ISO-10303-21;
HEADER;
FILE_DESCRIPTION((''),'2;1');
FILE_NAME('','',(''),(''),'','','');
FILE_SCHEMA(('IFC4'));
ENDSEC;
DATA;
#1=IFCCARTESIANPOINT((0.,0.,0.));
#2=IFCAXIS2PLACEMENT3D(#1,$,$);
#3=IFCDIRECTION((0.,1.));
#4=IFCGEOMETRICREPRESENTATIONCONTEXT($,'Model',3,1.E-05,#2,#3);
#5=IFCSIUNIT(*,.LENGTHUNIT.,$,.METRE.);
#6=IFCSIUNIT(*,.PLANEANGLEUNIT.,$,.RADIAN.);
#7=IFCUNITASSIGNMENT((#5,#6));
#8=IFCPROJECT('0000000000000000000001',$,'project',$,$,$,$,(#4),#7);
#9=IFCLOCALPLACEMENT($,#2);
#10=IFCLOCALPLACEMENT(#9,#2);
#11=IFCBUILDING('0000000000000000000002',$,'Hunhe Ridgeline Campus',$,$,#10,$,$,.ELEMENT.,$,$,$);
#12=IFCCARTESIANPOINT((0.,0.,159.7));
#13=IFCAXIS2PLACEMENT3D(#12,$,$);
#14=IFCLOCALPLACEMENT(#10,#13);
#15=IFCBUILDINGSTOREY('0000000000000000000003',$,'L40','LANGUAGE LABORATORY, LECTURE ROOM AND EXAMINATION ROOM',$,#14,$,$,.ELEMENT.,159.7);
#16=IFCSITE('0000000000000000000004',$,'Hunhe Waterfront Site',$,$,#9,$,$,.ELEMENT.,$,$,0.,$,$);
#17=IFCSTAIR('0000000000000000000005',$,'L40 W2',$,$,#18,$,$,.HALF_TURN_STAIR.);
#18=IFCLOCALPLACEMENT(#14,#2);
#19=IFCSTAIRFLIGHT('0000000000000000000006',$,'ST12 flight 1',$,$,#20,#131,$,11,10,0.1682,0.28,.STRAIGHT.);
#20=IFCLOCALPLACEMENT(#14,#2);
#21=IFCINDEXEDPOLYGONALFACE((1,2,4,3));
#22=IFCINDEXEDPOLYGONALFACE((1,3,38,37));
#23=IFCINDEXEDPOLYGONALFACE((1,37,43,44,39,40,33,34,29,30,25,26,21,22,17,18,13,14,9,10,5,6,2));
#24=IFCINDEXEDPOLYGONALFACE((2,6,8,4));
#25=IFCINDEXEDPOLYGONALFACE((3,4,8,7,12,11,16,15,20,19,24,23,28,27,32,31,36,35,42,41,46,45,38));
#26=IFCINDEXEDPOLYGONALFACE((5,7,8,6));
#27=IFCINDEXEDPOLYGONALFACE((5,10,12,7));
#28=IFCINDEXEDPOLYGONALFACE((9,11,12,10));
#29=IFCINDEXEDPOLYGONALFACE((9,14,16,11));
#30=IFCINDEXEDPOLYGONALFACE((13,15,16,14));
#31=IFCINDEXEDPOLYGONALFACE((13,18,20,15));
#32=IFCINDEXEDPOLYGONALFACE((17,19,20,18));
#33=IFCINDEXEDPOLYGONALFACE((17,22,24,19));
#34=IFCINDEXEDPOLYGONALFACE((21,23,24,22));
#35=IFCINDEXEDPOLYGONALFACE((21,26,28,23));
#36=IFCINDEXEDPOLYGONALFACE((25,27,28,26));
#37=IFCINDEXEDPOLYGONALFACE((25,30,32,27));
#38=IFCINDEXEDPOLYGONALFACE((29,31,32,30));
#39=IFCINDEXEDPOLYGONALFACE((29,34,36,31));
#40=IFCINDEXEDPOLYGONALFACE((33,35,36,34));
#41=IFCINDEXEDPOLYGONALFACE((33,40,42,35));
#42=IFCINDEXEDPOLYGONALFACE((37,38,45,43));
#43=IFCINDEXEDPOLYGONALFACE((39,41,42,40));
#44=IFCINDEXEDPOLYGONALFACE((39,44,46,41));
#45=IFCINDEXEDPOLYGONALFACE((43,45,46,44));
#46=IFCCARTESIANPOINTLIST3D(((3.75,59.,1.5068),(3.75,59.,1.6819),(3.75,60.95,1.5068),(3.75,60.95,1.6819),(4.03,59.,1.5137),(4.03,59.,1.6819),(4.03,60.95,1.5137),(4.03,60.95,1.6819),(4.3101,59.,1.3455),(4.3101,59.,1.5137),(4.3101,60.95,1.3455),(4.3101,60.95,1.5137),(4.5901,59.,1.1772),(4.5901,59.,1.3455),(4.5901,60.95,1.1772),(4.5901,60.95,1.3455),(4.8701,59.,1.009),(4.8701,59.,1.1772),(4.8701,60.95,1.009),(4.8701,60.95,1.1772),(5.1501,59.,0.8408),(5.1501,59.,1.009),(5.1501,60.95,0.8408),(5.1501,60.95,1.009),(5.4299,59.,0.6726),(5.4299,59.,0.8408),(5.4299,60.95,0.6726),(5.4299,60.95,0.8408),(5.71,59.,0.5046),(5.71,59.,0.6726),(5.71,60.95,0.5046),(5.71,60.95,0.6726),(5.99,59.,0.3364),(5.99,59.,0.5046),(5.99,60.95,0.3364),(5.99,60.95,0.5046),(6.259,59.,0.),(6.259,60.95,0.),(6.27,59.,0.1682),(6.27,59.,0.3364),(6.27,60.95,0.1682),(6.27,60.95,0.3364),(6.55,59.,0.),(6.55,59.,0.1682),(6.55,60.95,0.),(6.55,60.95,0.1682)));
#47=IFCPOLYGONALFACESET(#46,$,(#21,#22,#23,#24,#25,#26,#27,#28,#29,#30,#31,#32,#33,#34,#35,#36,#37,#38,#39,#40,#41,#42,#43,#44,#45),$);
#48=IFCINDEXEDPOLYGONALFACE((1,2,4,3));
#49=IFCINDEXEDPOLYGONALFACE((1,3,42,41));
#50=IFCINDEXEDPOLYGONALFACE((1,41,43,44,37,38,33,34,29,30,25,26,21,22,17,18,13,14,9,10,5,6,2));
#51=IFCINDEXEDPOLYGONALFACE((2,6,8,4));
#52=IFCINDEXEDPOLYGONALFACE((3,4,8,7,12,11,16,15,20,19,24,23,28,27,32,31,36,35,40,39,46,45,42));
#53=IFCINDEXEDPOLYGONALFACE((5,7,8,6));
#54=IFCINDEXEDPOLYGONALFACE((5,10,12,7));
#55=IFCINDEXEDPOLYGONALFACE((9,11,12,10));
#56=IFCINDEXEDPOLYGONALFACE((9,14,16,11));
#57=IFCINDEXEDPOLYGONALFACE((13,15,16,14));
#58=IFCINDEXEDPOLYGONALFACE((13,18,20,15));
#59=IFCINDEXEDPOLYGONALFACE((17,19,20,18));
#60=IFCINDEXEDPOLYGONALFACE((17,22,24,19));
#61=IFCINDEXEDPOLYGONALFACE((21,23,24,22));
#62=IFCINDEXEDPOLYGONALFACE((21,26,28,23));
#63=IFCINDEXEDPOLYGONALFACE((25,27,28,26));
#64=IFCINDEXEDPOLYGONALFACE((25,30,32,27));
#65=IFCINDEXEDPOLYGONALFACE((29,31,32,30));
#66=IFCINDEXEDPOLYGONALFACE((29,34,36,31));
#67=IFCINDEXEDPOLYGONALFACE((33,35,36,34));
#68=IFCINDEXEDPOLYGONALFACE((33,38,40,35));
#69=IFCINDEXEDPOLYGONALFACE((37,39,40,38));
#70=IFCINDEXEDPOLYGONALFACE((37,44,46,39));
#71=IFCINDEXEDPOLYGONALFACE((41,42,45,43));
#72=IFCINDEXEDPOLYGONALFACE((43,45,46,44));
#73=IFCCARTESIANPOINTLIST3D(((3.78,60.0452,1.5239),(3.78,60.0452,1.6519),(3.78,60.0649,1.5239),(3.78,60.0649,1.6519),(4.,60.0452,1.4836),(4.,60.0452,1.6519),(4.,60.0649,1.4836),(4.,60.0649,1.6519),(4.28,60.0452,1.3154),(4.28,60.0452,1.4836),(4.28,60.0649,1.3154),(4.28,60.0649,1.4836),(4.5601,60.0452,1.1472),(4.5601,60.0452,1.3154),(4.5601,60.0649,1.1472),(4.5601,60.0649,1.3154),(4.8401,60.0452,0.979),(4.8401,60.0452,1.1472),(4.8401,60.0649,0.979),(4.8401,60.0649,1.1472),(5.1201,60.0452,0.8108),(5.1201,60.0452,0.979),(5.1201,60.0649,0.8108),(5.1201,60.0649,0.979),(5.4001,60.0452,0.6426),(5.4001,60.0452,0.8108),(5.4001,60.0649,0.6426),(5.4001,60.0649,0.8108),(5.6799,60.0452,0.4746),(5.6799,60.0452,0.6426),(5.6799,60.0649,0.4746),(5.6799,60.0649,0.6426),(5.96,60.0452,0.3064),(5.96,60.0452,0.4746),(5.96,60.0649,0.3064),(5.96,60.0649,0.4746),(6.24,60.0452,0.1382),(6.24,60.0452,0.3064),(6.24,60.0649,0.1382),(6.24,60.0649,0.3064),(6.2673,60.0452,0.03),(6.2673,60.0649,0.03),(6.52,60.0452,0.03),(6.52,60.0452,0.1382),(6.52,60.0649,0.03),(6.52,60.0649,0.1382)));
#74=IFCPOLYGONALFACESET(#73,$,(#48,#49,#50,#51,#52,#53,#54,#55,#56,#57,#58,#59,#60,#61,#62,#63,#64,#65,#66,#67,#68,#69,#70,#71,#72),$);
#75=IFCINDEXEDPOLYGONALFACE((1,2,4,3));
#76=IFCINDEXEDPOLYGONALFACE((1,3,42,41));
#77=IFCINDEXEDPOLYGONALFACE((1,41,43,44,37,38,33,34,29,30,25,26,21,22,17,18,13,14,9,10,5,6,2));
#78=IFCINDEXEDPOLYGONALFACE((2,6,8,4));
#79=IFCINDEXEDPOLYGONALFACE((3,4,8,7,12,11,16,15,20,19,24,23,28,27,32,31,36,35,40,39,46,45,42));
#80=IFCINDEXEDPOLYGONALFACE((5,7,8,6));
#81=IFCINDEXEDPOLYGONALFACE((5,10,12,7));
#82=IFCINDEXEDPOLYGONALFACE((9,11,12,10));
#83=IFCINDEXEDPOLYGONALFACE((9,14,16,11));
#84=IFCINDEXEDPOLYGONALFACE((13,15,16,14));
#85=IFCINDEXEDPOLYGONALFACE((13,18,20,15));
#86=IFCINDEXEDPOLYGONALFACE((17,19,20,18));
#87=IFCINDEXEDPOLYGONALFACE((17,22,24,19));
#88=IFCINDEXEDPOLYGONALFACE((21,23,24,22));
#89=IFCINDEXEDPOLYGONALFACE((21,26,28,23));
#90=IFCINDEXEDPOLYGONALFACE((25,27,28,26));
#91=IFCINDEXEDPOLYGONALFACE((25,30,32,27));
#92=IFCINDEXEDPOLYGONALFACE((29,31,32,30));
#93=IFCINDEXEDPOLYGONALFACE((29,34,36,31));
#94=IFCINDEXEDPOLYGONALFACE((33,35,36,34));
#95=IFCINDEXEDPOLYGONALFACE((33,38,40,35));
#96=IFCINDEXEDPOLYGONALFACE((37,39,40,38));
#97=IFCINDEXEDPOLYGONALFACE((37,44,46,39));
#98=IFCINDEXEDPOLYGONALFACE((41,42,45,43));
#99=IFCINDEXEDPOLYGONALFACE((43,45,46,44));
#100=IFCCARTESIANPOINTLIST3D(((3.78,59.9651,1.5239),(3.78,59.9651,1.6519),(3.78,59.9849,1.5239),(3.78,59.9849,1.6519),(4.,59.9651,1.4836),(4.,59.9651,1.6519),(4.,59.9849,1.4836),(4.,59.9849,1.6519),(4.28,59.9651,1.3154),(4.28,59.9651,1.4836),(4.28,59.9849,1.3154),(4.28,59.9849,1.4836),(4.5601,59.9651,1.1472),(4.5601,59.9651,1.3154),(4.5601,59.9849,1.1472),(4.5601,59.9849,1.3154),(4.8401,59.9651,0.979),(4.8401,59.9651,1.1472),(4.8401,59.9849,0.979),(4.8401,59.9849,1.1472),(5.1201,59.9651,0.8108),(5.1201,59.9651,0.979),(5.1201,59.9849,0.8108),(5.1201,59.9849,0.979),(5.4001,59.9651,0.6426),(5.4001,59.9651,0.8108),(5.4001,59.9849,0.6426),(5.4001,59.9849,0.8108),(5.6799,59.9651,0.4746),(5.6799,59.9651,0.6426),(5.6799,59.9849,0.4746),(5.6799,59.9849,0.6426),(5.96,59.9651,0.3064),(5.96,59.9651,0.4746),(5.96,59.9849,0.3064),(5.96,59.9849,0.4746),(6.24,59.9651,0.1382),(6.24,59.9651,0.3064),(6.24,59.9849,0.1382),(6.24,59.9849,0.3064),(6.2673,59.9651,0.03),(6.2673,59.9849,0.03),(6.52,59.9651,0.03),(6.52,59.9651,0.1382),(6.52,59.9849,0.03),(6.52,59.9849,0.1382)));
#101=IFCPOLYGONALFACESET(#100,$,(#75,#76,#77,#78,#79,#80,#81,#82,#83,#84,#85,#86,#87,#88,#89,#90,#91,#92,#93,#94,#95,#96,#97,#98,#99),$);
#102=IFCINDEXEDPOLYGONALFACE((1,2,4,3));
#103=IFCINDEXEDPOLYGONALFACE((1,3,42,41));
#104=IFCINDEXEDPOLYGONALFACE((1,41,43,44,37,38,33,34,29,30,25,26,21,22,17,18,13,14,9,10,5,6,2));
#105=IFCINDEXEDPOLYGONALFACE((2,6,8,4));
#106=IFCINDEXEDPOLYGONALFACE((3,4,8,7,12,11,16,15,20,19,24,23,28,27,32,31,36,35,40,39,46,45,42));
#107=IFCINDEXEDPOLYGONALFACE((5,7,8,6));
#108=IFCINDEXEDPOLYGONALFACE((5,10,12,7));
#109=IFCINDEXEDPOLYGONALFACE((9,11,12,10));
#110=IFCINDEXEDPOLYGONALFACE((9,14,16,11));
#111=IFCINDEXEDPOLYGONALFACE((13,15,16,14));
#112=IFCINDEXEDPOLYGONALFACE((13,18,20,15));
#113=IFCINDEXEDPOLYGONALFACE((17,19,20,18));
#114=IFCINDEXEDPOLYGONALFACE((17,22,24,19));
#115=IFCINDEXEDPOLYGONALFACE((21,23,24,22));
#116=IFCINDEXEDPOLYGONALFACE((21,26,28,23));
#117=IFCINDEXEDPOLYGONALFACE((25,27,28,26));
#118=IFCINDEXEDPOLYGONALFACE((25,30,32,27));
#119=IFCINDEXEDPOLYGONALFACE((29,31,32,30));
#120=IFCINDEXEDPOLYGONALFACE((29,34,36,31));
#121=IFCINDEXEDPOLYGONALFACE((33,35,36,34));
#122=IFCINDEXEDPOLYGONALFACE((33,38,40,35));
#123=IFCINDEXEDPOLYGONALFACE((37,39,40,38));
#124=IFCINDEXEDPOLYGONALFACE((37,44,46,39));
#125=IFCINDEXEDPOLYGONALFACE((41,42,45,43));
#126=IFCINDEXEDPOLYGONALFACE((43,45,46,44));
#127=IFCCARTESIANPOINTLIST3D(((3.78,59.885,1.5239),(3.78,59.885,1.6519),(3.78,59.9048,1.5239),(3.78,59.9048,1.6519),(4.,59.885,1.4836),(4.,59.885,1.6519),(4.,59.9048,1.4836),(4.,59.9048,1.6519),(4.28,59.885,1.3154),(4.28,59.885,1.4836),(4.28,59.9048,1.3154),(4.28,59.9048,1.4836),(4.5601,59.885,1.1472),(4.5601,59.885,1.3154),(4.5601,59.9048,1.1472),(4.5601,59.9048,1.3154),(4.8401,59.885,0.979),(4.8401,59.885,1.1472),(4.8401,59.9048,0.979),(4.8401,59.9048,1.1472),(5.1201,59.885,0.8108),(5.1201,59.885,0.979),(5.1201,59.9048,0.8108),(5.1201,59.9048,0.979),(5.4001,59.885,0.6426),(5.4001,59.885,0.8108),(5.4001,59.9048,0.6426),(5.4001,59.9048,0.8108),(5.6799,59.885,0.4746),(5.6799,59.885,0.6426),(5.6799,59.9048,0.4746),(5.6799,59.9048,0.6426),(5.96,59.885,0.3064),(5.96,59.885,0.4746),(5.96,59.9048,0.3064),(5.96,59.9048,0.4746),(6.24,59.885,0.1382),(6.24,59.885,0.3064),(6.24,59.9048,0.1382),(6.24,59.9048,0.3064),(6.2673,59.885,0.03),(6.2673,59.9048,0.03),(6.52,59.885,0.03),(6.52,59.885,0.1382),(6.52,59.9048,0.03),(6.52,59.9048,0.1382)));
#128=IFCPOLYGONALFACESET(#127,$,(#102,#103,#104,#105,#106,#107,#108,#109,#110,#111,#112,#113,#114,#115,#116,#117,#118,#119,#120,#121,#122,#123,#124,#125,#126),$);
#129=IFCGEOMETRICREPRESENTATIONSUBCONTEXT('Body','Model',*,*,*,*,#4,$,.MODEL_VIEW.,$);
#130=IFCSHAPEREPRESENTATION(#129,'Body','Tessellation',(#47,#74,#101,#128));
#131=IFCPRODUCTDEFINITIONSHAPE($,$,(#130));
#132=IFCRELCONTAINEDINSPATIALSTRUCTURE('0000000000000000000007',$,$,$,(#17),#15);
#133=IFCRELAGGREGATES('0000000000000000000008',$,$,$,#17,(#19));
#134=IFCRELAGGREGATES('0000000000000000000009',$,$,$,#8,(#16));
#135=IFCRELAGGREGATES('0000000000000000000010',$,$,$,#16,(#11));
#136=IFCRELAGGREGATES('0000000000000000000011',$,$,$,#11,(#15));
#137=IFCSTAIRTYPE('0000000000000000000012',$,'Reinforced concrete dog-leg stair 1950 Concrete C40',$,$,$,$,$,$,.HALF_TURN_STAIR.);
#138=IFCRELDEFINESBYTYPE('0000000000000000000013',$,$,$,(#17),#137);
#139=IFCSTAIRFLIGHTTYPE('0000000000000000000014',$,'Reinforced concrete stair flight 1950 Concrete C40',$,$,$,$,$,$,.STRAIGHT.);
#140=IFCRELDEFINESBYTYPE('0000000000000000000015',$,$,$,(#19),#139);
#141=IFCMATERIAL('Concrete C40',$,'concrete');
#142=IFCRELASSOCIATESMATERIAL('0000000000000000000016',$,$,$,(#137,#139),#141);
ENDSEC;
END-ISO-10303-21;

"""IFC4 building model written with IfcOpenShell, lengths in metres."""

from ifc_helpers import new_model, si_unit, direction, frame, origin, place, context, subcontext, project, spatial, polyline, outline, extrude, material, type_object, element, aggregate, save


model = new_model("IFC4")

# Units and contexts
model_context = context("Model", 3, precision=1e-05, world=origin(), true_north=direction((0.0, 1.0)))
body_context = subcontext(model_context, "Body", "Model", "MODEL_VIEW")
ifc_project = project(units=[si_unit("LENGTHUNIT", "METRE"), si_unit("PLANEANGLEUNIT", "RADIAN")], contexts=[model_context])

# Site, building, storey
site_placement = place(None, origin())
site = spatial("IfcSite", under=ifc_project, at=site_placement, Name="Hunhe Waterfront Site", CompositionType="ELEMENT", RefElevation=0.0)
building_placement = place(site_placement, origin())
building = spatial("IfcBuilding", under=site, at=building_placement, Name="Hunhe Ridgeline Campus", CompositionType="ELEMENT")
storey_placement = place(building_placement, frame((0.0, 0.0, 159.7)))
storey = spatial("IfcBuildingStorey", under=building, at=storey_placement, Name="L40", Description="LANGUAGE LABORATORY, LECTURE ROOM AND EXAMINATION ROOM", CompositionType="ELEMENT", Elevation=159.7)

# Stair, stair flight
ifc_material_1 = material(Name="Concrete C40", Category="concrete")
stair_type = type_object("IfcStairType", Name="Reinforced concrete dog-leg stair 1950 Concrete C40", PredefinedType="HALF_TURN_STAIR", material=ifc_material_1)
stair_flight_type = type_object("IfcStairFlightType", Name="Reinforced concrete stair flight 1950 Concrete C40", PredefinedType="STRAIGHT", material=ifc_material_1)
stair_1_placement = place(storey_placement, origin())
stair_1 = element("IfcStair", 1, at=stair_1_placement, inside=storey, type_object=stair_type, Name="L40 W2", PredefinedType="HALF_TURN_STAIR")
stair_flight_1_placement = place(storey_placement, frame((6.55, 59.9751, 0.0), z_axis=(0.0, 0.0, 1.0), x_axis=(-1.0, 0.0, 0.0)))
stair_flight_1 = element("IfcStairFlight", 2, at=stair_flight_1_placement, type_object=stair_flight_type, Name="ST12 flight 1", NumberOfRisers=11, NumberOfTreads=10, PredefinedType="STRAIGHT", RiserHeight=0.1682, TreadLength=0.28, context=body_context, shape_type="SweptSolid", body=[
    extrude(outline(polyline([(0.0, 0.0), (0.0, 0.1682), (0.28, 0.1682), (0.28, 0.3364), (0.5601, 0.3364), (0.5601, 0.5046), (0.8401, 0.5046), (0.8401, 0.6726), (1.1201, 0.6726), (1.1201, 0.8408), (1.3999, 0.8408), (1.3999, 1.009), (1.6799, 1.009), (1.6799, 1.1772), (1.96, 1.1772), (1.96, 1.3455), (2.24, 1.3455), (2.24, 1.5137), (2.52, 1.5137), (2.52, 1.6819), (2.8, 1.6819), (2.8, 1.8501), (2.8, 1.5068), (0.291, 0.0), (0.0, 0.0)])), frame((0.0, 0.9751, 0.0), z_axis=(0.0, -1.0, 0.0), x_axis=(1.0, 0.0, 0.0)), (0.0, 0.0, 1.0), 1.95),
    extrude(outline(polyline([(0.03, 0.03), (0.03, 0.1382), (0.3101, 0.1382), (0.3101, 0.3064), (0.5901, 0.3064), (0.5901, 0.4746), (0.8701, 0.4746), (0.8701, 0.6426), (1.1499, 0.6426), (1.1499, 0.8108), (1.4299, 0.8108), (1.4299, 0.979), (1.71, 0.979), (1.71, 1.1472), (1.99, 1.1472), (1.99, 1.3154), (2.27, 1.3154), (2.27, 1.4836), (2.55, 1.4836), (2.55, 1.6519), (2.77, 1.6519), (2.77, 1.5239), (0.2827, 0.03), (0.03, 0.03)])), frame((0.0, -0.0701, 0.0), z_axis=(0.0, -1.0, 0.0), x_axis=(1.0, 0.0, 0.0)), (0.0, 0.0, 1.0), 0.0198),
    extrude(outline(polyline([(0.03, 0.03), (0.03, 0.1382), (0.3101, 0.1382), (0.3101, 0.3064), (0.5901, 0.3064), (0.5901, 0.4746), (0.8701, 0.4746), (0.8701, 0.6426), (1.1499, 0.6426), (1.1499, 0.8108), (1.4299, 0.8108), (1.4299, 0.979), (1.71, 0.979), (1.71, 1.1472), (1.99, 1.1472), (1.99, 1.3154), (2.27, 1.3154), (2.27, 1.4836), (2.55, 1.4836), (2.55, 1.6519), (2.77, 1.6519), (2.77, 1.5239), (0.2827, 0.03), (0.03, 0.03)])), frame((0.0, 0.01, 0.0), z_axis=(0.0, -1.0, 0.0), x_axis=(1.0, 0.0, 0.0)), (0.0, 0.0, 1.0), 0.0198),
    extrude(outline(polyline([(0.03, 0.03), (0.03, 0.1382), (0.3101, 0.1382), (0.3101, 0.3064), (0.5901, 0.3064), (0.5901, 0.4746), (0.8701, 0.4746), (0.8701, 0.6426), (1.1499, 0.6426), (1.1499, 0.8108), (1.4299, 0.8108), (1.4299, 0.979), (1.71, 0.979), (1.71, 1.1472), (1.99, 1.1472), (1.99, 1.3154), (2.27, 1.3154), (2.27, 1.4836), (2.55, 1.4836), (2.55, 1.6519), (2.77, 1.6519), (2.77, 1.5239), (0.2827, 0.03), (0.03, 0.03)])), frame((0.0, 0.0901, 0.0), z_axis=(0.0, -1.0, 0.0), x_axis=(1.0, 0.0, 0.0)), (0.0, 0.0, 1.0), 0.0198),
])
aggregate(stair_1, [stair_flight_1])

save(model, "model.ifc")
